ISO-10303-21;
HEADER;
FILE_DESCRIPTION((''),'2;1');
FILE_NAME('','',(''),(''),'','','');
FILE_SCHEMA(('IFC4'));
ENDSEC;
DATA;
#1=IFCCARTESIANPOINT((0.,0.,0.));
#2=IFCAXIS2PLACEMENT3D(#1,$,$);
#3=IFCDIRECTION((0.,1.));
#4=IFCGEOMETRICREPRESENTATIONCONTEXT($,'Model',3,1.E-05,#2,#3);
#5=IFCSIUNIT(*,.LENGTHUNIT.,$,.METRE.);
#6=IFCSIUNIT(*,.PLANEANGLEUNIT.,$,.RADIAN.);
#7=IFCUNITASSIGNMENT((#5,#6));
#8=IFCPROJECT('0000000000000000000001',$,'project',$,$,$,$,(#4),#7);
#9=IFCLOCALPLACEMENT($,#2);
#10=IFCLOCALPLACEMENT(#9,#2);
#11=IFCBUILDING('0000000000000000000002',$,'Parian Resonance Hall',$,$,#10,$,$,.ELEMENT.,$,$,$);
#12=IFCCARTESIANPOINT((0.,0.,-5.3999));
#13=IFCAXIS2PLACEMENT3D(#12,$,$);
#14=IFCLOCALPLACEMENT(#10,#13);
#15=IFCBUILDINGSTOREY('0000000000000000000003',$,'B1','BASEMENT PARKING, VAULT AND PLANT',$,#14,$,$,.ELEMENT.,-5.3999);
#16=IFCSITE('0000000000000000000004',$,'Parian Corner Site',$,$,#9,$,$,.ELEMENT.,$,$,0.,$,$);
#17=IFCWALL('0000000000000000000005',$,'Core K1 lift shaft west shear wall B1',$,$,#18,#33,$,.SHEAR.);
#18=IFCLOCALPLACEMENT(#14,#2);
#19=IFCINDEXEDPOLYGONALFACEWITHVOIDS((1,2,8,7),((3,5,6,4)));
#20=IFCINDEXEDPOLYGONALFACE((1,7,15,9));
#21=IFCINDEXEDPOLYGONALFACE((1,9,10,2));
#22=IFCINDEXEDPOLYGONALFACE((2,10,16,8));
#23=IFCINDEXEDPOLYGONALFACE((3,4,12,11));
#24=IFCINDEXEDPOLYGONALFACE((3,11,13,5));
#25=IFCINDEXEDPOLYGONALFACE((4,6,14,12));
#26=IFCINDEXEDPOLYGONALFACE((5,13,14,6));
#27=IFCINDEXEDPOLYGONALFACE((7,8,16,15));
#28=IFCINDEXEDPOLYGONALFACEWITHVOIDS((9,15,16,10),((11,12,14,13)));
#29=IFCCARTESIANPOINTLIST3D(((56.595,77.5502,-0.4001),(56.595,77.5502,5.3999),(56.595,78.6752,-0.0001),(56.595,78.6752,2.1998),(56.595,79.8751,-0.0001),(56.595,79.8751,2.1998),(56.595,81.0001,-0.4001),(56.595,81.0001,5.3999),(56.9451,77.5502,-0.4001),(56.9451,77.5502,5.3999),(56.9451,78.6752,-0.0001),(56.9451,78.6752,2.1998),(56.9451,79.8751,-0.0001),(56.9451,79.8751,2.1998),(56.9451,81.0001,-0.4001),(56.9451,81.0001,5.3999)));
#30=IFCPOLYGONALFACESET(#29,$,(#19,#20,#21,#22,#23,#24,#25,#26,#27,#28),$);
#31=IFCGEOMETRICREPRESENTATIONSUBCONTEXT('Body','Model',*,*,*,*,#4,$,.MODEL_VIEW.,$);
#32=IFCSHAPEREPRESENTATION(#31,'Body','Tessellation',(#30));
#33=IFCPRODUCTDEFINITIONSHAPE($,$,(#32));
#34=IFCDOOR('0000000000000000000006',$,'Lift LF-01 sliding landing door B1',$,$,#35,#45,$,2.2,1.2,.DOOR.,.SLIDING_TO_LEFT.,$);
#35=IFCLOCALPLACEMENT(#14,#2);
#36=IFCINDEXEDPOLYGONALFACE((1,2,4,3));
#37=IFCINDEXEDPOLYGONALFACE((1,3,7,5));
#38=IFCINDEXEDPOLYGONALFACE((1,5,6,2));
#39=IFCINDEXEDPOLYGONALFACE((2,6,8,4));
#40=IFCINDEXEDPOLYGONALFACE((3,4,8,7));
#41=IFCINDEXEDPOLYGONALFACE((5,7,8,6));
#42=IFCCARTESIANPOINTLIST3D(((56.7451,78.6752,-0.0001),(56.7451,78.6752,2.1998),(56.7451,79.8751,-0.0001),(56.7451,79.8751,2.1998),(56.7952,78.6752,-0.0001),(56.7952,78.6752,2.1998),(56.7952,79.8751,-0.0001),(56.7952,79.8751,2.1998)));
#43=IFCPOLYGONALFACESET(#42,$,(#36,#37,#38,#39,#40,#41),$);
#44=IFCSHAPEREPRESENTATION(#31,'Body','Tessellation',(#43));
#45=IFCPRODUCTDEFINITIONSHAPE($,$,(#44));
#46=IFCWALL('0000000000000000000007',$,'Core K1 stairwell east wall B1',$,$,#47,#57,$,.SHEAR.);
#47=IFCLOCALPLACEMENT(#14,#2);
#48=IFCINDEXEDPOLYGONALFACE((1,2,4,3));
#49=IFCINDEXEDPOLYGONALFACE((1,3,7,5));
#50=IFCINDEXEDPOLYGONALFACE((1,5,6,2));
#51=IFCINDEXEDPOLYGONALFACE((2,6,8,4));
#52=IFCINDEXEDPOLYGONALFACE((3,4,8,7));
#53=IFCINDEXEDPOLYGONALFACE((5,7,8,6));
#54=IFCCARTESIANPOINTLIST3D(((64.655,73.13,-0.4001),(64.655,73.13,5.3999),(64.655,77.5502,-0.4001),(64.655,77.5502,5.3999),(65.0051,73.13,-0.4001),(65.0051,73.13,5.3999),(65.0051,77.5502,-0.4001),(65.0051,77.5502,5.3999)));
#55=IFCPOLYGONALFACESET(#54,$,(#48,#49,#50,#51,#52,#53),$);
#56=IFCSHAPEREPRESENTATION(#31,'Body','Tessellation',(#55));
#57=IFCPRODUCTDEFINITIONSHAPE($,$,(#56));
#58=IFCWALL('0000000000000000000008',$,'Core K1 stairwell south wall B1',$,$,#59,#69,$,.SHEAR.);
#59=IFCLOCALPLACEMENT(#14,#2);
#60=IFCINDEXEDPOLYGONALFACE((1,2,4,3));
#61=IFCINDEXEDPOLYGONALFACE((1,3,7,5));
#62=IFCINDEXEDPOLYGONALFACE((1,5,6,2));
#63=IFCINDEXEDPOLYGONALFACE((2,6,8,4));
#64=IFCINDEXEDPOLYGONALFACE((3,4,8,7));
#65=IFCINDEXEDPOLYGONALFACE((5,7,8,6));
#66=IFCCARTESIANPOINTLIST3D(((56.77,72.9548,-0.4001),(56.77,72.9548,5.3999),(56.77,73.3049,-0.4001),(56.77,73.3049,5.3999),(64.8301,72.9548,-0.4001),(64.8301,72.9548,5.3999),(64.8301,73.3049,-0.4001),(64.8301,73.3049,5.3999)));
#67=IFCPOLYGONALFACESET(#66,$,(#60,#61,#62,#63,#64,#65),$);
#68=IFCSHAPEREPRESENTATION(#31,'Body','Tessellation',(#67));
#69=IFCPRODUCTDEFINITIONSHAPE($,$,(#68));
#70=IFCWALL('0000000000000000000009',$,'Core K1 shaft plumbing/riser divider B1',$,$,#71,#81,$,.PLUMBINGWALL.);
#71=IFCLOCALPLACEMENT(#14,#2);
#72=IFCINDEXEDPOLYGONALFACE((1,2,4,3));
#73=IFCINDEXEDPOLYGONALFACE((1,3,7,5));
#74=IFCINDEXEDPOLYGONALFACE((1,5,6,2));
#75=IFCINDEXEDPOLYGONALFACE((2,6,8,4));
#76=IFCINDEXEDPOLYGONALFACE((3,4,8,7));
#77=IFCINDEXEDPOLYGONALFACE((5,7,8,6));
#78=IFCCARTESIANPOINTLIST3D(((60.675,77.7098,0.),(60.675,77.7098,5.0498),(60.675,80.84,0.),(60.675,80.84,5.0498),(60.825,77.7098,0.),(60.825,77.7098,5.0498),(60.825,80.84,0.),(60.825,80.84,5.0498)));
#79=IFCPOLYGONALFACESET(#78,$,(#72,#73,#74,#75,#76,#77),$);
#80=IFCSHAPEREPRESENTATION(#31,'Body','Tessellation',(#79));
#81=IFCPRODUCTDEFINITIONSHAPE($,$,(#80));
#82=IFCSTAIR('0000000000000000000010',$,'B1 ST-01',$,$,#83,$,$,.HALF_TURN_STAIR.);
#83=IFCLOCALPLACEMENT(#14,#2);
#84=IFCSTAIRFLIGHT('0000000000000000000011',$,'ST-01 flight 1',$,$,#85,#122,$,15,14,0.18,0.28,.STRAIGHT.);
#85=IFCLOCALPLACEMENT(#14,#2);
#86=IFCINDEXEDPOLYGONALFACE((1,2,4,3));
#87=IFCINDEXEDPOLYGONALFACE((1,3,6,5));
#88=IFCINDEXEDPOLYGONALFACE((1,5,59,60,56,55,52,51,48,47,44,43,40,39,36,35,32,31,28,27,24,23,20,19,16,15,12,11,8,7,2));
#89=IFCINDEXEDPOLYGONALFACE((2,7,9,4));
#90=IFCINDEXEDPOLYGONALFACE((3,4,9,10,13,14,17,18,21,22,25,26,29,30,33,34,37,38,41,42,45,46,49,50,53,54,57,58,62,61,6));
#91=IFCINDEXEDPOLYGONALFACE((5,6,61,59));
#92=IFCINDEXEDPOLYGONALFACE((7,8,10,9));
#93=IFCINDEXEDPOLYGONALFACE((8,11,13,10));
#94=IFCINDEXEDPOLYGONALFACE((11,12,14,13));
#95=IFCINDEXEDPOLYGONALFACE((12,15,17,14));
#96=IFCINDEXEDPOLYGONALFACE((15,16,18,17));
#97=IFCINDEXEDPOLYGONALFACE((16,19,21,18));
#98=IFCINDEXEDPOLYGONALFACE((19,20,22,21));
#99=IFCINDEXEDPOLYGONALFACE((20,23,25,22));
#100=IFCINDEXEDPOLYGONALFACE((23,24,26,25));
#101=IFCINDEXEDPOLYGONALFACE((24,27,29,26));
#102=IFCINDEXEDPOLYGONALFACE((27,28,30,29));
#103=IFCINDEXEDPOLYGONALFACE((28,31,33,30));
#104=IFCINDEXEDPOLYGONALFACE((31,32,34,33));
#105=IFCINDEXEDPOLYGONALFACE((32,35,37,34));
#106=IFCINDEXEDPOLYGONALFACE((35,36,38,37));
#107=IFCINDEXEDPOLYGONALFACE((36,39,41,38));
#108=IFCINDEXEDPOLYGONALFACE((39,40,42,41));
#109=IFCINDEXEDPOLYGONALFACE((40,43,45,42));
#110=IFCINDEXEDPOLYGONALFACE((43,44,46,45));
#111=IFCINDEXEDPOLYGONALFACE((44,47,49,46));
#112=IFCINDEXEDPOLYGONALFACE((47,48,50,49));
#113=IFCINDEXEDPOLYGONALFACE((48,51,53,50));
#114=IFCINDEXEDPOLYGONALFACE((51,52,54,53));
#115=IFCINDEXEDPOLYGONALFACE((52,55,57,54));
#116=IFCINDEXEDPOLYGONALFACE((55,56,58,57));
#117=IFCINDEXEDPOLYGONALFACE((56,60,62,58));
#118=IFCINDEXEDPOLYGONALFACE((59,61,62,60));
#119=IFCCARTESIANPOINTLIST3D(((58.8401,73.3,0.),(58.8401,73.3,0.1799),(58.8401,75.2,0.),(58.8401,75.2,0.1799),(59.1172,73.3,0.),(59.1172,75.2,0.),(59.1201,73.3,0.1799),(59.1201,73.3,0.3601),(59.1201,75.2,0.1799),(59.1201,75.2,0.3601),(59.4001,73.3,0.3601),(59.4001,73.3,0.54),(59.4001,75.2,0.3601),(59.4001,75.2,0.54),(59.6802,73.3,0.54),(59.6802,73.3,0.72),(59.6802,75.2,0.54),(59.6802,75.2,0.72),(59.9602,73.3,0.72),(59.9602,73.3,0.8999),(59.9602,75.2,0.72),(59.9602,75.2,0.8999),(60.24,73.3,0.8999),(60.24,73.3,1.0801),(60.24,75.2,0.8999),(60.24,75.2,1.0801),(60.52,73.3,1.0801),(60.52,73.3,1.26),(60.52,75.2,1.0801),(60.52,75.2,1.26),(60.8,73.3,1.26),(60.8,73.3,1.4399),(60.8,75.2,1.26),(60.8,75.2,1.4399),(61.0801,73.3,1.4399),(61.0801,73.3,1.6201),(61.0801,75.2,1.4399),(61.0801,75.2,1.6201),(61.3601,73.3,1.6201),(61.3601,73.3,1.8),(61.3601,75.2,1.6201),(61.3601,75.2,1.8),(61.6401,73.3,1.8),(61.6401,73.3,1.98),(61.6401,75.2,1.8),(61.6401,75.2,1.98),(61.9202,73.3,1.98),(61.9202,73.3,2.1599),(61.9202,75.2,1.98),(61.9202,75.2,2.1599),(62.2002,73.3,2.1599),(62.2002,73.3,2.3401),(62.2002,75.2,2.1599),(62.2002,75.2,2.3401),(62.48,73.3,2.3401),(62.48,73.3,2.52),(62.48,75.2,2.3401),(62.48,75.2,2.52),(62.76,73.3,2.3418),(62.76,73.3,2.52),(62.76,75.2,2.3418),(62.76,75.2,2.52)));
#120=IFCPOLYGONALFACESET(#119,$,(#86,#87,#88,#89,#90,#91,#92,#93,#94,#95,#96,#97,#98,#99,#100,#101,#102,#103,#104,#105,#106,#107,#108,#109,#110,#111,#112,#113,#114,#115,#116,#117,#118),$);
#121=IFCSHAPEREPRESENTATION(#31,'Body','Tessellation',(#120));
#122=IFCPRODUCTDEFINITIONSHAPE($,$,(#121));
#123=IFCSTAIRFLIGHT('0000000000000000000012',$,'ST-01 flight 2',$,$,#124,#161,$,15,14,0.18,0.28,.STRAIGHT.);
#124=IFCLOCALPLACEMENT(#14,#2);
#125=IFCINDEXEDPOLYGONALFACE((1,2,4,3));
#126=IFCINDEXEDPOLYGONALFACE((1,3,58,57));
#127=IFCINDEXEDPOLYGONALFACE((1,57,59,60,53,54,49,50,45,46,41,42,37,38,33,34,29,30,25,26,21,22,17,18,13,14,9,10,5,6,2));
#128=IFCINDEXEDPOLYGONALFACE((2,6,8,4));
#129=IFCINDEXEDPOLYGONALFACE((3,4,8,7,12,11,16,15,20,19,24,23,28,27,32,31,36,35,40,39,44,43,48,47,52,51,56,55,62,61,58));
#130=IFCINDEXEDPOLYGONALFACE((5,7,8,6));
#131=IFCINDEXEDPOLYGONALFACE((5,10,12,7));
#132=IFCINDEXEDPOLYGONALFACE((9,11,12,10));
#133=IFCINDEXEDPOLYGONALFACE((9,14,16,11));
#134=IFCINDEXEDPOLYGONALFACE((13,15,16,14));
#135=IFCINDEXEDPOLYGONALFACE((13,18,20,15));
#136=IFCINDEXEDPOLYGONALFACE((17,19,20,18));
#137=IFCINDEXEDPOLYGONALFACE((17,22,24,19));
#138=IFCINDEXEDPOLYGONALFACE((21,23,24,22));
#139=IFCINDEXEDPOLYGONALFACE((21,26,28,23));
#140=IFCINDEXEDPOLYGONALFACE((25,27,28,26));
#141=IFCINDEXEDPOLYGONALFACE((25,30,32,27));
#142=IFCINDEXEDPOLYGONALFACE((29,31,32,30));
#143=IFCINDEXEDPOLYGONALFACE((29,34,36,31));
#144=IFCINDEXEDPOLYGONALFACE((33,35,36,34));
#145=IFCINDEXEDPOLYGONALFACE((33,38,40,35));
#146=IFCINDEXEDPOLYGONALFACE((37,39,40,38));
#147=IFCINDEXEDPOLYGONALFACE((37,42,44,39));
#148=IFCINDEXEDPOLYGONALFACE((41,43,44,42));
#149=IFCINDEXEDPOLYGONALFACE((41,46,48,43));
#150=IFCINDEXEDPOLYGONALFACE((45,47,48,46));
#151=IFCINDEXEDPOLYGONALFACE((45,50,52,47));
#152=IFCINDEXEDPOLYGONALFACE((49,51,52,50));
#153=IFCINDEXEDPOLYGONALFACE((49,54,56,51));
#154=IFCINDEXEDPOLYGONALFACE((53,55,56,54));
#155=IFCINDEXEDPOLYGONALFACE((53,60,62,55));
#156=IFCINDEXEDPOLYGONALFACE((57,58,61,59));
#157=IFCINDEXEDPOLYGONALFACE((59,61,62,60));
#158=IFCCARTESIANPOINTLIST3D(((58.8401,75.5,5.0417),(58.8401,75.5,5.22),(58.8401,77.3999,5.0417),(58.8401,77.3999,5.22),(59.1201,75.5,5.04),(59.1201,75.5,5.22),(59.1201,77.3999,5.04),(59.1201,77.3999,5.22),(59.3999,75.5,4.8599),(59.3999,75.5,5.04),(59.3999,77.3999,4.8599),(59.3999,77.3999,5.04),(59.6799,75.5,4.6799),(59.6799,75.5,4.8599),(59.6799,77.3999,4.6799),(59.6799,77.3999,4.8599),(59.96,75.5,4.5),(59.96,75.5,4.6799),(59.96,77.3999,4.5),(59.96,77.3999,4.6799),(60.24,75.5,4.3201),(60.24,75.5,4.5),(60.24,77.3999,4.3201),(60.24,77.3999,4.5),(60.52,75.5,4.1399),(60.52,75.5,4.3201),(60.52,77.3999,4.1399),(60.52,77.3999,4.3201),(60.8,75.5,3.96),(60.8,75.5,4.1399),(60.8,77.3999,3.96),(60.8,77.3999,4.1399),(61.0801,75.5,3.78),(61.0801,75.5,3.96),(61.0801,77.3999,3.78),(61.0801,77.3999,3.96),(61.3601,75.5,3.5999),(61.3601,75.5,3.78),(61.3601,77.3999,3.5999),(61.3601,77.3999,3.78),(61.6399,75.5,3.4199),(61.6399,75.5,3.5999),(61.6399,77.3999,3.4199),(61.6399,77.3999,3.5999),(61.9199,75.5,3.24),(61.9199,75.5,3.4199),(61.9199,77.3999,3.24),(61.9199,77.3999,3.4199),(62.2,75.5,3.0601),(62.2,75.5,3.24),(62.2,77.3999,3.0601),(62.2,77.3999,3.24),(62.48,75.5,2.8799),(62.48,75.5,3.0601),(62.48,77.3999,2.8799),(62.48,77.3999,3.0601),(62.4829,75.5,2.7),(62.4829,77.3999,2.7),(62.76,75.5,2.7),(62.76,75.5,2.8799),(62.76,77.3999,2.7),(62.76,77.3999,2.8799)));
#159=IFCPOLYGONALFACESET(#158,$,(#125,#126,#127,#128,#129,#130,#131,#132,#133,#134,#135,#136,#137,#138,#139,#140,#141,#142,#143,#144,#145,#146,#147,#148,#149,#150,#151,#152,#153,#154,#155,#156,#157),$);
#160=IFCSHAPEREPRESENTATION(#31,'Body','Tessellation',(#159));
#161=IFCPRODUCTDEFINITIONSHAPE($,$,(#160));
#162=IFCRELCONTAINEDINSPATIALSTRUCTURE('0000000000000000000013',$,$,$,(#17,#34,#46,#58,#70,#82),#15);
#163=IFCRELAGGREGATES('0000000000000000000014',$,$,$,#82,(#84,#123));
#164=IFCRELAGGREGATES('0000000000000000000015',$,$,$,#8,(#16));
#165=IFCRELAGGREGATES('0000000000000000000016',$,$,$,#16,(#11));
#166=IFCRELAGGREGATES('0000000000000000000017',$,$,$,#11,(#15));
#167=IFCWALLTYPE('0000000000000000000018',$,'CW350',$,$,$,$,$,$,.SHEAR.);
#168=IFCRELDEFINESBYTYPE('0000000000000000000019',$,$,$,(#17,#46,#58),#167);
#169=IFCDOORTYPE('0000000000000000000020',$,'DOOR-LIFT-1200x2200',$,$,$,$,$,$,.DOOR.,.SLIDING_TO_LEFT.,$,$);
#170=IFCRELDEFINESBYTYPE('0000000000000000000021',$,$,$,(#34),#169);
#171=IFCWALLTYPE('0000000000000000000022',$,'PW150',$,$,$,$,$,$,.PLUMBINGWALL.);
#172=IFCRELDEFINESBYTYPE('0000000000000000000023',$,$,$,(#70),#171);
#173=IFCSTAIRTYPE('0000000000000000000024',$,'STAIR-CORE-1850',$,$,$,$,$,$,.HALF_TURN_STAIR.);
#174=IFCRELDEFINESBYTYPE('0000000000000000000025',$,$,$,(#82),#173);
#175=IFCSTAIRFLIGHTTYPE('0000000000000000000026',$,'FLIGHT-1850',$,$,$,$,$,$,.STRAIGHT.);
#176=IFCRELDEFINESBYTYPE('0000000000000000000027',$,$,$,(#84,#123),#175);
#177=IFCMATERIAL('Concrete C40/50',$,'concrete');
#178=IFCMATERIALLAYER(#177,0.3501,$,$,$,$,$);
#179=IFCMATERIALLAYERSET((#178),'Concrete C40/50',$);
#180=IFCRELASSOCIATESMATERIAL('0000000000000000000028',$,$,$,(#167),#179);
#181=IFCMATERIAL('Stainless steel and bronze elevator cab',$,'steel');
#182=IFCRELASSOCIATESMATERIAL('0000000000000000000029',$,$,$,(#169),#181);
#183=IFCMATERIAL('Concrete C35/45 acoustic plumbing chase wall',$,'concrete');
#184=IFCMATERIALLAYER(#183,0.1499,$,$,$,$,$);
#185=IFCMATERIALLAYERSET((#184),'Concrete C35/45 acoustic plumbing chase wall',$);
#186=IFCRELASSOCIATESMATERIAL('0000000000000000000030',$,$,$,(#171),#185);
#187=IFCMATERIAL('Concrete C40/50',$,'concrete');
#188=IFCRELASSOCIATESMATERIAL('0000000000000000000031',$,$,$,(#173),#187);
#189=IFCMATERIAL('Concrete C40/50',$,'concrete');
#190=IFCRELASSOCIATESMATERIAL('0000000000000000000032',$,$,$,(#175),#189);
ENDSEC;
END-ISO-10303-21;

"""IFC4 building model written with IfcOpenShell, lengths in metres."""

from ifc_helpers import new_model, si_unit, direction, frame, frame_2d, origin, place, context, subcontext, project, spatial, polyline, rectangle, outline, extrude, material, layer, layer_set, type_object, element, fill, aggregate, save


model = new_model("IFC4")

# Units and contexts
model_context = context("Model", 3, precision=1e-05, world=origin(), true_north=direction((0.0, 1.0)))
body_context = subcontext(model_context, "Body", "Model", "MODEL_VIEW")
ifc_project = project(units=[si_unit("LENGTHUNIT", "METRE"), si_unit("PLANEANGLEUNIT", "RADIAN")], contexts=[model_context])

# Site, building, storey
site_placement = place(None, origin())
site = spatial("IfcSite", under=ifc_project, at=site_placement, Name="Parian Corner Site", CompositionType="ELEMENT", RefElevation=0.0)
building_placement = place(site_placement, origin())
building = spatial("IfcBuilding", under=site, at=building_placement, Name="Parian Resonance Hall", CompositionType="ELEMENT")
storey_placement = place(building_placement, frame((0.0, 0.0, -5.3999)))
storey = spatial("IfcBuildingStorey", under=building, at=storey_placement, Name="B1", Description="BASEMENT PARKING, VAULT AND PLANT", CompositionType="ELEMENT", Elevation=-5.3999)

# Shared definitions
ifc_material_1 = material(Name="Concrete C40/50", Category="concrete")
ifc_layer_1 = layer(ifc_material_1, 0.3501)
ifc_layer_set_1 = layer_set([ifc_layer_1], Name="Concrete C40/50")
wall_type_1 = type_object("IfcWallType", Name="CW350", PredefinedType="SHEAR", material=ifc_layer_set_1)

# Wall, opening, door
wall_1_placement = place(storey_placement, frame((56.77, 77.55, -0.4001), z_axis=(0.0, 0.0, 1.0), x_axis=(0.0, 1.0, 0.0)))
wall_1 = element("IfcWall", 1, at=wall_1_placement, inside=storey, type_object=wall_type_1, Name="Core K1 lift shaft west shear wall B1", PredefinedType="SHEAR", context=body_context, shape_type="SweptSolid", body=[
    extrude(rectangle(XDim=3.45, YDim=0.3501, at=frame_2d((1.7251, 0.0))), origin(), (0.0, 0.0, 1.0), 5.8),
])
opening_1_placement = place(wall_1_placement, frame((1.125, 0.0, 0.3999)))
opening_1 = element("IfcOpeningElement", 2, at=opening_1_placement, cuts=wall_1, PredefinedType="OPENING", context=body_context, shape_type="SweptSolid", body=[
    extrude(rectangle(XDim=1.2, YDim=2.2, at=frame_2d((0.6001, 1.1001))), frame((0.0, 0.1851, 0.0), z_axis=(0.0, -1.0, 0.0), x_axis=(1.0, 0.0, 0.0)), (0.0, 0.0, 1.0), 0.3701),
])
ifc_material_2 = material(Name="Stainless steel and bronze elevator cab", Category="steel")
door_type_1 = type_object("IfcDoorType", Name="DOOR-LIFT-1200x2200", OperationType="SLIDING_TO_LEFT", PredefinedType="DOOR", material=ifc_material_2)
door_1_placement = place(opening_1_placement, origin())
door_1 = element("IfcDoor", 3, at=door_1_placement, inside=storey, type_object=door_type_1, Name="Lift LF-01 sliding landing door B1", OperationType="SLIDING_TO_LEFT", OverallHeight=2.2, OverallWidth=1.2, PredefinedType="DOOR", context=body_context, shape_type="SweptSolid", body=[
    extrude(rectangle(XDim=1.2, YDim=2.2, at=frame_2d((0.6001, 1.1001))), frame((0.0, 0.0249, 0.0), z_axis=(0.0, -1.0, 0.0), x_axis=(1.0, 0.0, 0.0)), (0.0, 0.0, 1.0), 0.05),
])
fill(opening_1, door_1)

# Walls
wall_2_placement = place(storey_placement, frame((64.8301, 77.55, -0.4001), z_axis=(0.0, 0.0, 1.0), x_axis=(0.0, -1.0, 0.0)))
element("IfcWall", 4, at=wall_2_placement, inside=storey, type_object=wall_type_1, Name="Core K1 stairwell east wall B1", PredefinedType="SHEAR", context=body_context, shape_type="SweptSolid", body=[
    extrude(rectangle(XDim=4.4202, YDim=0.3501, at=frame_2d((2.21, 0.0))), origin(), (0.0, 0.0, 1.0), 5.8),
])
wall_3_placement = place(storey_placement, frame((64.8301, 73.1299, -0.4001), z_axis=(0.0, 0.0, 1.0), x_axis=(-1.0, 0.0, 0.0)))
element("IfcWall", 5, at=wall_3_placement, inside=storey, type_object=wall_type_1, Name="Core K1 stairwell south wall B1", PredefinedType="SHEAR", context=body_context, shape_type="SweptSolid", body=[
    extrude(rectangle(XDim=8.0601, YDim=0.3501, at=frame_2d((4.03, 0.0))), origin(), (0.0, 0.0, 1.0), 5.8),
])
ifc_material_3 = material(Name="Concrete C35/45 acoustic plumbing chase wall", Category="concrete")
ifc_layer_2 = layer(ifc_material_3, 0.1499)
ifc_layer_set_2 = layer_set([ifc_layer_2], Name="Concrete C35/45 acoustic plumbing chase wall")
wall_type_2 = type_object("IfcWallType", Name="PW150", PredefinedType="PLUMBINGWALL", material=ifc_layer_set_2)
wall_4_placement = place(storey_placement, frame((60.75, 77.71, 0.0), z_axis=(0.0, 0.0, 1.0), x_axis=(0.0, 1.0, 0.0)))
element("IfcWall", 6, at=wall_4_placement, inside=storey, type_object=wall_type_2, Name="Core K1 shaft plumbing/riser divider B1", PredefinedType="PLUMBINGWALL", context=body_context, shape_type="SweptSolid", body=[
    extrude(rectangle(XDim=3.1301, YDim=0.1499, at=frame_2d((1.5649, 0.0))), origin(), (0.0, 0.0, 1.0), 5.0498),
])

# Stair, stair flights
ifc_material_4 = material(Name="Concrete C40/50", Category="concrete")
stair_type = type_object("IfcStairType", Name="STAIR-CORE-1850", PredefinedType="HALF_TURN_STAIR", material=ifc_material_4)
stair_placement = place(storey_placement, origin())
stair = element("IfcStair", 7, at=stair_placement, inside=storey, type_object=stair_type, Name="B1 ST-01", PredefinedType="HALF_TURN_STAIR")
ifc_material_5 = material(Name="Concrete C40/50", Category="concrete")
stair_flight_type = type_object("IfcStairFlightType", Name="FLIGHT-1850", PredefinedType="STRAIGHT", material=ifc_material_5)
stair_flight_1_placement = place(storey_placement, frame((58.8401, 74.25, 0.0), z_axis=(0.0, 0.0, 1.0), x_axis=(1.0, 0.0, 0.0)))
stair_flight_1 = element("IfcStairFlight", 8, at=stair_flight_1_placement, type_object=stair_flight_type, Name="ST-01 flight 1", NumberOfRisers=15, NumberOfTreads=14, PredefinedType="STRAIGHT", RiserHeight=0.18, TreadLength=0.28, context=body_context, shape_type="SweptSolid", body=[
    extrude(outline(polyline([(0.0, 0.0), (0.0, 0.1799), (0.28, 0.1799), (0.28, 0.3601), (0.5601, 0.3601), (0.5601, 0.54), (0.8401, 0.54), (0.8401, 0.72), (1.1201, 0.72), (1.1201, 0.8999), (1.3999, 0.8999), (1.3999, 1.0801), (1.6799, 1.0801), (1.6799, 1.26), (1.96, 1.26), (1.96, 1.4399), (2.24, 1.4399), (2.24, 1.6201), (2.52, 1.6201), (2.52, 1.8), (2.8, 1.8), (2.8, 1.98), (3.0801, 1.98), (3.0801, 2.1599), (3.3601, 2.1599), (3.3601, 2.3401), (3.6399, 2.3401), (3.6399, 2.52), (3.9199, 2.52), (3.9199, 2.7), (3.9199, 2.3418), (0.2771, 0.0), (0.0, 0.0)])), frame((0.0, 0.95, 0.0), z_axis=(0.0, -1.0, 0.0), x_axis=(1.0, 0.0, 0.0)), (0.0, 0.0, 1.0), 1.8999),
])
stair_flight_2_placement = place(storey_placement, frame((62.76, 76.45, 2.7), z_axis=(0.0, 0.0, 1.0), x_axis=(-1.0, 0.0, 0.0)))
stair_flight_2 = element("IfcStairFlight", 9, at=stair_flight_2_placement, type_object=stair_flight_type, Name="ST-01 flight 2", NumberOfRisers=15, NumberOfTreads=14, PredefinedType="STRAIGHT", RiserHeight=0.18, TreadLength=0.28, context=body_context, shape_type="SweptSolid", body=[
    extrude(outline(polyline([(0.0, 0.0), (0.0, 0.1799), (0.28, 0.1799), (0.28, 0.3601), (0.5601, 0.3601), (0.5601, 0.54), (0.8401, 0.54), (0.8401, 0.72), (1.1201, 0.72), (1.1201, 0.8999), (1.3999, 0.8999), (1.3999, 1.0801), (1.6799, 1.0801), (1.6799, 1.26), (1.96, 1.26), (1.96, 1.4399), (2.24, 1.4399), (2.24, 1.6201), (2.52, 1.6201), (2.52, 1.8), (2.8, 1.8), (2.8, 1.98), (3.0801, 1.98), (3.0801, 2.1599), (3.3601, 2.1599), (3.3601, 2.3401), (3.6399, 2.3401), (3.6399, 2.52), (3.9199, 2.52), (3.9199, 2.7), (3.9199, 2.3418), (0.2771, 0.0), (0.0, 0.0)])), frame((0.0, 0.95, 0.0), z_axis=(0.0, -1.0, 0.0), x_axis=(1.0, 0.0, 0.0)), (0.0, 0.0, 1.0), 1.8999),
])
aggregate(stair, [stair_flight_1, stair_flight_2])

save(model, "model.ifc")
